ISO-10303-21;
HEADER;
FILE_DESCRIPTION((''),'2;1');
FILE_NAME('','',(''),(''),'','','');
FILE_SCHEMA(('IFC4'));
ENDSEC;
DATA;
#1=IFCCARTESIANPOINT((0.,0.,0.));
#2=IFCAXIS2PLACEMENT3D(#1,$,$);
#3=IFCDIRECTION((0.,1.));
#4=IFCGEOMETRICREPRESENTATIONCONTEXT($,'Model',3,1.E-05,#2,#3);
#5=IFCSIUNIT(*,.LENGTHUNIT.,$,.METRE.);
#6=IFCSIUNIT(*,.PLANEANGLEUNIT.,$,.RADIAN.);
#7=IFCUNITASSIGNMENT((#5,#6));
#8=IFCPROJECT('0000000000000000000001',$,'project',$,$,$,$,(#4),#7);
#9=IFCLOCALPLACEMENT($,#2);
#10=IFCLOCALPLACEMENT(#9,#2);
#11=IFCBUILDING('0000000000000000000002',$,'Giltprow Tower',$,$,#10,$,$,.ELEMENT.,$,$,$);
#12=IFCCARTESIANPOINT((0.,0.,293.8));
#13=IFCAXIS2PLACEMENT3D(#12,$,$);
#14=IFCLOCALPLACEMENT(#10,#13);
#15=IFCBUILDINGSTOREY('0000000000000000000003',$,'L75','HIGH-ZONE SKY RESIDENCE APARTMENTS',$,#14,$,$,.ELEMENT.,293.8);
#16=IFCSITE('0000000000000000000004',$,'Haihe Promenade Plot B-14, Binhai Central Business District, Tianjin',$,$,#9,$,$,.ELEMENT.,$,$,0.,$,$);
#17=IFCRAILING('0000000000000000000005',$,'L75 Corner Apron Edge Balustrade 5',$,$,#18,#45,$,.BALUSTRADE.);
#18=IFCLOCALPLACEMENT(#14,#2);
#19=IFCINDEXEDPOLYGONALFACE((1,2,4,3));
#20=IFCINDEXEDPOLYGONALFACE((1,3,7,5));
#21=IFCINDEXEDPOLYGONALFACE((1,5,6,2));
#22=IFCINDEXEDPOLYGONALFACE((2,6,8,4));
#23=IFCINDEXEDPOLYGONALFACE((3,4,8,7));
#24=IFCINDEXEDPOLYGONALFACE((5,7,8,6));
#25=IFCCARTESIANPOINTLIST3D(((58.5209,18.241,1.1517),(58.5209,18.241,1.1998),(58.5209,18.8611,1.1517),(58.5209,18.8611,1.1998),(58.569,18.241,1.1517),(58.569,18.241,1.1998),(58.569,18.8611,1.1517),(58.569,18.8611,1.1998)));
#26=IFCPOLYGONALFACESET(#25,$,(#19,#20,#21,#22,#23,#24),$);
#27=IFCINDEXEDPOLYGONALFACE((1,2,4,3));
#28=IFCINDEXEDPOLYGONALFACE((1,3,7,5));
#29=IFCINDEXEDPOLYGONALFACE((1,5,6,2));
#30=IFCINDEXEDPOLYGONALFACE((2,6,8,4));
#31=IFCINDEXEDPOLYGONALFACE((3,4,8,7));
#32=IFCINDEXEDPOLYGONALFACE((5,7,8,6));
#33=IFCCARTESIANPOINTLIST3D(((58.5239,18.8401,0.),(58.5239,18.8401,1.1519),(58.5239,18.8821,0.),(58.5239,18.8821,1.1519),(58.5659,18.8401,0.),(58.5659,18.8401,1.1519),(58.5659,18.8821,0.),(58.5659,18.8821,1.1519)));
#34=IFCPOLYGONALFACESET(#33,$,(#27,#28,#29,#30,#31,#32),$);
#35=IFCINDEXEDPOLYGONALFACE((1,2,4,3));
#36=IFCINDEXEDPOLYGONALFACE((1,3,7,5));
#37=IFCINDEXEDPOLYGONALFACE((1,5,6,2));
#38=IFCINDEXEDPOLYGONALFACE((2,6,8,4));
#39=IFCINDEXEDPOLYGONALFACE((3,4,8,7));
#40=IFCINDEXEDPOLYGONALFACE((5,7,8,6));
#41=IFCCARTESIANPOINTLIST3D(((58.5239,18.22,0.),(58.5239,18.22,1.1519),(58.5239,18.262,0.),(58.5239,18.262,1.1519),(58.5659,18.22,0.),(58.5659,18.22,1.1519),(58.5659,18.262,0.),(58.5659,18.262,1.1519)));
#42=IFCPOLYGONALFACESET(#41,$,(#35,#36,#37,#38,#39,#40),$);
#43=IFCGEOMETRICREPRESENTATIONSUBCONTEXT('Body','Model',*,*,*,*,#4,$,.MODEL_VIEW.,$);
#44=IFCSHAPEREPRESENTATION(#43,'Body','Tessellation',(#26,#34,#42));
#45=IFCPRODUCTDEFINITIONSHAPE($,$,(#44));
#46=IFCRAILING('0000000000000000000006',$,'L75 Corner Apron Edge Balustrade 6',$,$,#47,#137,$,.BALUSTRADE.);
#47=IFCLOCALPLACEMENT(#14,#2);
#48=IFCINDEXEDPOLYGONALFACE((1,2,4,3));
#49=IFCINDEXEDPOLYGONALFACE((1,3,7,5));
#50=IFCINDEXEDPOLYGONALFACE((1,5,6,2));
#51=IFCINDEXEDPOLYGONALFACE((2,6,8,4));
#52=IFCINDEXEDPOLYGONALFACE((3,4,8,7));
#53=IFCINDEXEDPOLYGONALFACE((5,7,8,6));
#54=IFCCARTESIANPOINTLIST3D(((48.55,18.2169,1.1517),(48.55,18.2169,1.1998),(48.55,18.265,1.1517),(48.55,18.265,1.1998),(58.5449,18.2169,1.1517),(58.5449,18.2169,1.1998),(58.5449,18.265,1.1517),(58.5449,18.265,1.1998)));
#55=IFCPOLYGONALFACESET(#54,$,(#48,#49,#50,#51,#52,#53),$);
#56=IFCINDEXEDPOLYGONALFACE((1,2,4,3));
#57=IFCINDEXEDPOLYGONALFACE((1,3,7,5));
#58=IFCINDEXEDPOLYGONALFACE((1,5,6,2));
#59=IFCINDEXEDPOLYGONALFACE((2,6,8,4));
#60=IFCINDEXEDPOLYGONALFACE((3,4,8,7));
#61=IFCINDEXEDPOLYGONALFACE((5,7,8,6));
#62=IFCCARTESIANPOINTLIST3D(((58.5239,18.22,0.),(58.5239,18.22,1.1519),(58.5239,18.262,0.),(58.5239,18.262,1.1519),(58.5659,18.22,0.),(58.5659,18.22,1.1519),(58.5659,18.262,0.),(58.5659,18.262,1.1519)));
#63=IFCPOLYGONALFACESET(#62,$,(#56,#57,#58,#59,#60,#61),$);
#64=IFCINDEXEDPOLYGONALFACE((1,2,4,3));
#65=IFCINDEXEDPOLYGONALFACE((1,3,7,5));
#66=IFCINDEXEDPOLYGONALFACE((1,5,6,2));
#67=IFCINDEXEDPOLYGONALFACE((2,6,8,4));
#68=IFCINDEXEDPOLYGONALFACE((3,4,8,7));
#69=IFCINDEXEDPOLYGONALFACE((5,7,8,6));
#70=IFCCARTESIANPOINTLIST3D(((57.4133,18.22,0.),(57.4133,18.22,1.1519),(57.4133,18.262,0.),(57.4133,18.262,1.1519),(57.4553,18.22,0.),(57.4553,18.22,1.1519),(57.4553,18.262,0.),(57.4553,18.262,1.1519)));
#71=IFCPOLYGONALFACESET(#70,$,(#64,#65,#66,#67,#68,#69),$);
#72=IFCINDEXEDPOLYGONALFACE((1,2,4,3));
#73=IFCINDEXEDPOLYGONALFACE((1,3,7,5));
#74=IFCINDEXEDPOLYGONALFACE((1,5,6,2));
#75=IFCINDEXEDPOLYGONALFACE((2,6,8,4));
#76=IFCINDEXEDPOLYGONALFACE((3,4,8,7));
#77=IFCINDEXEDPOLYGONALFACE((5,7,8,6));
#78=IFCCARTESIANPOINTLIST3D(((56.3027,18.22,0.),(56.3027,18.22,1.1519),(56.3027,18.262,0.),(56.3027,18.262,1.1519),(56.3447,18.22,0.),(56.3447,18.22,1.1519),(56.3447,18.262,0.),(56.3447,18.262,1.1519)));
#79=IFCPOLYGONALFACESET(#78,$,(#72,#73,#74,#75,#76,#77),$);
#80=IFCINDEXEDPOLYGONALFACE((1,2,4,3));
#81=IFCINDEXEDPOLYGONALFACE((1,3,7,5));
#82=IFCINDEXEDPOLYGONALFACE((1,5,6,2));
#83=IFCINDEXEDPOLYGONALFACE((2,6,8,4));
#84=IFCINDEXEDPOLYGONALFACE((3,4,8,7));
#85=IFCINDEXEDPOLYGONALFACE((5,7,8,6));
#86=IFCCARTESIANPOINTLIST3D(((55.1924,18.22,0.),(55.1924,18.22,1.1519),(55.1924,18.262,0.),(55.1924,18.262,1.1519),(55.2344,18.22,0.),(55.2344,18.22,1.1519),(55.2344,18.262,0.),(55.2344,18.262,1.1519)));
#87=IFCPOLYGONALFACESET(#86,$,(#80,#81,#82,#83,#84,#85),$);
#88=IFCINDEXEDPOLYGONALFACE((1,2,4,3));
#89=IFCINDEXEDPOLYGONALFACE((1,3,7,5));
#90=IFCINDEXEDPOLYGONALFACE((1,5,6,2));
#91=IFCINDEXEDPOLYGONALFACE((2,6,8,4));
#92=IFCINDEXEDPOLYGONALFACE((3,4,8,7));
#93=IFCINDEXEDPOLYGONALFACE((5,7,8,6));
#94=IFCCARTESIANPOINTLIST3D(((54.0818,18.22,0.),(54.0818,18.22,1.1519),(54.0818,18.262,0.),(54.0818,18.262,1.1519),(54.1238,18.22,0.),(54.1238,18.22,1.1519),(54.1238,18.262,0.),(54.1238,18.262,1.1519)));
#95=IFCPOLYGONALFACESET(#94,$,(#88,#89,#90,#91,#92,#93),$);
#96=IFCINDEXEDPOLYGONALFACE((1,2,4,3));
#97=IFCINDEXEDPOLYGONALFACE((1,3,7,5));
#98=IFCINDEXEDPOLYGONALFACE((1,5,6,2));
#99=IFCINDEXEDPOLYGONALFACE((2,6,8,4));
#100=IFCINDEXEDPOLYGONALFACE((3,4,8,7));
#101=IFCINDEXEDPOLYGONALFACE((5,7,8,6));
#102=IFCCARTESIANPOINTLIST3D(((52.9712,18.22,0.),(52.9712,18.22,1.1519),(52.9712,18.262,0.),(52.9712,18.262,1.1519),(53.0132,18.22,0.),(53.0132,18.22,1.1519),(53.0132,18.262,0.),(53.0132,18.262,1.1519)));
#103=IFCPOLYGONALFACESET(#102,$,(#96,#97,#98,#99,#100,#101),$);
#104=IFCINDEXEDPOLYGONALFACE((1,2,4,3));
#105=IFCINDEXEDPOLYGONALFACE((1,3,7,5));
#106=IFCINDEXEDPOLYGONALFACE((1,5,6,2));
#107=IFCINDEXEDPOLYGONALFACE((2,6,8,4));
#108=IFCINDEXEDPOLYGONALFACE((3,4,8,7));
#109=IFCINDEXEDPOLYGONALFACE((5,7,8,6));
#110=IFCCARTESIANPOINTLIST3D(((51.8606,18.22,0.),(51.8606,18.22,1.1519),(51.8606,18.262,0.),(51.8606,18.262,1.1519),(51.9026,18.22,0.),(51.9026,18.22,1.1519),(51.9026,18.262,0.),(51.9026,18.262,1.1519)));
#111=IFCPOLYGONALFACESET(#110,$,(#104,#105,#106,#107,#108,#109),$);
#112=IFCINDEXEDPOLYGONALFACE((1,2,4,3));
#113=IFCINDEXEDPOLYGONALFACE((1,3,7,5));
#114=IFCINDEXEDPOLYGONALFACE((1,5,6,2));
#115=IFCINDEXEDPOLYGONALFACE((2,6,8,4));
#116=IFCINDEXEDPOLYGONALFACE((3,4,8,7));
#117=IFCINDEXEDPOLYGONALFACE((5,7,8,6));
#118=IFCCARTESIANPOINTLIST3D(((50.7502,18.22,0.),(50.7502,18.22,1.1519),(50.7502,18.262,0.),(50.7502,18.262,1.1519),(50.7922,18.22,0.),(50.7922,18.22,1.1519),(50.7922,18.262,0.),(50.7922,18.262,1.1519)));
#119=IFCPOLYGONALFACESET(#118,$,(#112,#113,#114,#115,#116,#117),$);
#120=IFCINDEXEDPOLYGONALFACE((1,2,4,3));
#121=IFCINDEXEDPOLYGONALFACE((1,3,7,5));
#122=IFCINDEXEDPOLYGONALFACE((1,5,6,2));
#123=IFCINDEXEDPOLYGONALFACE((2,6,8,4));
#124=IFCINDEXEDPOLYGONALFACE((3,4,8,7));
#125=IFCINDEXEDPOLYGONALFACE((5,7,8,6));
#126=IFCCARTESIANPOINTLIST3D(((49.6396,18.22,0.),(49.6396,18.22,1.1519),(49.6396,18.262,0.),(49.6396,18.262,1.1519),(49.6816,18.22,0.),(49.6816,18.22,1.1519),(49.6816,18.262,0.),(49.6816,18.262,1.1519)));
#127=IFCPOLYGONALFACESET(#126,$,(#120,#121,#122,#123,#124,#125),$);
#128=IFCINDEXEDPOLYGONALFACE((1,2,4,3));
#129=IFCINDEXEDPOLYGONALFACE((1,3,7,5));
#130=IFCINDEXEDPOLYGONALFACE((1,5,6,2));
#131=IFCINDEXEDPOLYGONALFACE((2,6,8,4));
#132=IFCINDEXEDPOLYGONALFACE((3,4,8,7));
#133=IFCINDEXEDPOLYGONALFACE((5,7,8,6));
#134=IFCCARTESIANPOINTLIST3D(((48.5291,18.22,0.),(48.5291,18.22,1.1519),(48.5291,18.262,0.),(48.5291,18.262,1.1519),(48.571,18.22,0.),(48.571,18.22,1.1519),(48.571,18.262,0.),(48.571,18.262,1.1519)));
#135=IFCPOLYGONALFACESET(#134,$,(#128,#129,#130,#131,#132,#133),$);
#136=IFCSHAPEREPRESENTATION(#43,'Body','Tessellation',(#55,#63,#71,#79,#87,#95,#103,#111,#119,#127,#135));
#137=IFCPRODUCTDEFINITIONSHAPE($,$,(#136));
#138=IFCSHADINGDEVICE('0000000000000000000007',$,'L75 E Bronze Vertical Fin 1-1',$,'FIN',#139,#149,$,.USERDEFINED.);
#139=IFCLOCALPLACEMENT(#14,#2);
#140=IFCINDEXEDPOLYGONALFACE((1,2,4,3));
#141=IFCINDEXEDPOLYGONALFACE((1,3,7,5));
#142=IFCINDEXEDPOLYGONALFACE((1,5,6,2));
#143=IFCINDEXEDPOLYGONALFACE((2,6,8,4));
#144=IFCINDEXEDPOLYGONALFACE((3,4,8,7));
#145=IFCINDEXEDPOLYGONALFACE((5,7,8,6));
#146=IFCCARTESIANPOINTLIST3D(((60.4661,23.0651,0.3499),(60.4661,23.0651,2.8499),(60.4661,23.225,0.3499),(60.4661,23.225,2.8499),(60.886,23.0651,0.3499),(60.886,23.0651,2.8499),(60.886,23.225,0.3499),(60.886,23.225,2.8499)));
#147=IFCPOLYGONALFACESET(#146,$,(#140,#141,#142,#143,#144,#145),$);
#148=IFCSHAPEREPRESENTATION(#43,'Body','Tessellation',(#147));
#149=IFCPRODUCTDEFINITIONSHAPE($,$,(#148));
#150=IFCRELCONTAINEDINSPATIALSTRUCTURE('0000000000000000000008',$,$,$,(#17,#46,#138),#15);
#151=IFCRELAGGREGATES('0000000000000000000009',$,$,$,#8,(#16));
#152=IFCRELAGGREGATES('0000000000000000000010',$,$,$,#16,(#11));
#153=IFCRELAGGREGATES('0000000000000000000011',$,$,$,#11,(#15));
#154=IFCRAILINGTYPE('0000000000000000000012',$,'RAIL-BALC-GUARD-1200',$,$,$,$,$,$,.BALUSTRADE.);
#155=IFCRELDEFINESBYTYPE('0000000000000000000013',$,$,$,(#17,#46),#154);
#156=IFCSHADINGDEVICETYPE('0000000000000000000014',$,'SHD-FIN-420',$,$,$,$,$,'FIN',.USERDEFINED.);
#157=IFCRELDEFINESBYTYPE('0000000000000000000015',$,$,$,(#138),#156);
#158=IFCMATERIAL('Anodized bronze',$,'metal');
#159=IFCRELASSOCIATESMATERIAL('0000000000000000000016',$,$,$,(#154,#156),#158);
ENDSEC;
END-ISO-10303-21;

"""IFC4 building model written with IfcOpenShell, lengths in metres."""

from ifc_helpers import new_model, si_unit, direction, frame, origin, origin_2d, place, context, subcontext, project, spatial, rectangle, extrude, source, transform, mapped, material, type_object, element, save


model = new_model("IFC4")

# Units and contexts
model_context = context("Model", 3, precision=1e-05, world=origin(), true_north=direction((0.0, 1.0)))
body_context = subcontext(model_context, "Body", "Model", "MODEL_VIEW")
ifc_project = project(units=[si_unit("LENGTHUNIT", "METRE"), si_unit("PLANEANGLEUNIT", "RADIAN")], contexts=[model_context])

# Site, building, storey
site_placement = place(None, origin())
site = spatial("IfcSite", under=ifc_project, at=site_placement, Name="Haihe Promenade Plot B-14, Binhai Central Business District, Tianjin", CompositionType="ELEMENT", RefElevation=0.0)
building_placement = place(site_placement, origin())
building = spatial("IfcBuilding", under=site, at=building_placement, Name="Giltprow Tower", CompositionType="ELEMENT")
storey_placement = place(building_placement, frame((0.0, 0.0, 293.8)))
storey = spatial("IfcBuildingStorey", under=building, at=storey_placement, Name="L75", Description="HIGH-ZONE SKY RESIDENCE APARTMENTS", CompositionType="ELEMENT", Elevation=293.8)

# Shared definitions
ifc_material_1 = material(Name="Anodized bronze", Category="metal")

# Railings
railing_type = type_object("IfcRailingType", Name="RAIL-BALC-GUARD-1200", PredefinedType="BALUSTRADE", material=ifc_material_1)
railing_1_placement = place(storey_placement, frame((58.5449, 18.8611, 0.0)))
element("IfcRailing", 1, at=railing_1_placement, inside=storey, type_object=railing_type, Name="L75 Corner Apron Edge Balustrade 5", PredefinedType="BALUSTRADE", context=body_context, shape_type="SweptSolid", body=[
    extrude(rectangle(XDim=0.0481, YDim=0.0481, at=origin_2d()), frame((0.0, 0.0, 1.1758), z_axis=(0.0, -1.0, 0.0), x_axis=(1.0, 0.0, 0.0)), (0.0, 0.0, 1.0), 0.6201),
    extrude(rectangle(XDim=0.042, YDim=0.042, at=origin_2d()), origin(), (0.0, 0.0, 1.0), 1.1519),
    extrude(rectangle(XDim=0.042, YDim=0.042, at=origin_2d()), frame((0.0, -0.6201, 0.0)), (0.0, 0.0, 1.0), 1.1519),
])
railing_2_placement = place(storey_placement, frame((58.5449, 18.241, 0.0)))
element("IfcRailing", 2, at=railing_2_placement, inside=storey, type_object=railing_type, Name="L75 Corner Apron Edge Balustrade 6", PredefinedType="BALUSTRADE", context=body_context, shape_type="SweptSolid", body=[
    extrude(rectangle(XDim=0.0481, YDim=0.0481, at=origin_2d()), frame((0.0, 0.0, 1.1758), z_axis=(-1.0, 0.0, 0.0), x_axis=(0.0, -1.0, 0.0)), (0.0, 0.0, 1.0), 9.9949),
    extrude(rectangle(XDim=0.042, YDim=0.042, at=origin_2d()), origin(), (0.0, 0.0, 1.0), 1.1519),
    extrude(rectangle(XDim=0.042, YDim=0.042, at=origin_2d()), frame((-1.1106, 0.0, 0.0)), (0.0, 0.0, 1.0), 1.1519),
    extrude(rectangle(XDim=0.042, YDim=0.042, at=origin_2d()), frame((-2.2212, 0.0, 0.0)), (0.0, 0.0, 1.0), 1.1519),
    extrude(rectangle(XDim=0.042, YDim=0.042, at=origin_2d()), frame((-3.3315, 0.0, 0.0)), (0.0, 0.0, 1.0), 1.1519),
    extrude(rectangle(XDim=0.042, YDim=0.042, at=origin_2d()), frame((-4.4421, 0.0, 0.0)), (0.0, 0.0, 1.0), 1.1519),
    extrude(rectangle(XDim=0.042, YDim=0.042, at=origin_2d()), frame((-5.5527, 0.0, 0.0)), (0.0, 0.0, 1.0), 1.1519),
    extrude(rectangle(XDim=0.042, YDim=0.042, at=origin_2d()), frame((-6.6633, 0.0, 0.0)), (0.0, 0.0, 1.0), 1.1519),
    extrude(rectangle(XDim=0.042, YDim=0.042, at=origin_2d()), frame((-7.7737, 0.0, 0.0)), (0.0, 0.0, 1.0), 1.1519),
    extrude(rectangle(XDim=0.042, YDim=0.042, at=origin_2d()), frame((-8.8843, 0.0, 0.0)), (0.0, 0.0, 1.0), 1.1519),
    extrude(rectangle(XDim=0.042, YDim=0.042, at=origin_2d()), frame((-9.9949, 0.0, 0.0)), (0.0, 0.0, 1.0), 1.1519),
])

# Shading device
shading_device_type = type_object("IfcShadingDeviceType", Name="SHD-FIN-420", ElementType="FIN", PredefinedType="USERDEFINED", material=ifc_material_1)
shared_shape_1 = source(origin(), body_context, "Body", "SweptSolid", [
    extrude(rectangle(XDim=0.4199, YDim=0.1599, at=origin_2d()), origin(), (0.0, 0.0, 1.0), 2.5),
])
shading_device_placement = place(storey_placement, frame((60.676, 23.145, 0.3499), z_axis=(0.0, 0.0, 1.0), x_axis=(1.0, 0.0, 0.0)))
element("IfcShadingDevice", 3, at=shading_device_placement, inside=storey, type_object=shading_device_type, Name="L75 E Bronze Vertical Fin 1-1", ObjectType="FIN", PredefinedType="USERDEFINED", context=body_context, shape_type="MappedRepresentation", body=[
    mapped(shared_shape_1, transform((0.0, 0.0, 0.0), x_axis=(1.0, 0.0, 0.0), y_axis=(0.0, 1.0, 0.0), z_axis=(0.0, 0.0, 1.0), scale=1.0)),
])

save(model, "model.ifc")
